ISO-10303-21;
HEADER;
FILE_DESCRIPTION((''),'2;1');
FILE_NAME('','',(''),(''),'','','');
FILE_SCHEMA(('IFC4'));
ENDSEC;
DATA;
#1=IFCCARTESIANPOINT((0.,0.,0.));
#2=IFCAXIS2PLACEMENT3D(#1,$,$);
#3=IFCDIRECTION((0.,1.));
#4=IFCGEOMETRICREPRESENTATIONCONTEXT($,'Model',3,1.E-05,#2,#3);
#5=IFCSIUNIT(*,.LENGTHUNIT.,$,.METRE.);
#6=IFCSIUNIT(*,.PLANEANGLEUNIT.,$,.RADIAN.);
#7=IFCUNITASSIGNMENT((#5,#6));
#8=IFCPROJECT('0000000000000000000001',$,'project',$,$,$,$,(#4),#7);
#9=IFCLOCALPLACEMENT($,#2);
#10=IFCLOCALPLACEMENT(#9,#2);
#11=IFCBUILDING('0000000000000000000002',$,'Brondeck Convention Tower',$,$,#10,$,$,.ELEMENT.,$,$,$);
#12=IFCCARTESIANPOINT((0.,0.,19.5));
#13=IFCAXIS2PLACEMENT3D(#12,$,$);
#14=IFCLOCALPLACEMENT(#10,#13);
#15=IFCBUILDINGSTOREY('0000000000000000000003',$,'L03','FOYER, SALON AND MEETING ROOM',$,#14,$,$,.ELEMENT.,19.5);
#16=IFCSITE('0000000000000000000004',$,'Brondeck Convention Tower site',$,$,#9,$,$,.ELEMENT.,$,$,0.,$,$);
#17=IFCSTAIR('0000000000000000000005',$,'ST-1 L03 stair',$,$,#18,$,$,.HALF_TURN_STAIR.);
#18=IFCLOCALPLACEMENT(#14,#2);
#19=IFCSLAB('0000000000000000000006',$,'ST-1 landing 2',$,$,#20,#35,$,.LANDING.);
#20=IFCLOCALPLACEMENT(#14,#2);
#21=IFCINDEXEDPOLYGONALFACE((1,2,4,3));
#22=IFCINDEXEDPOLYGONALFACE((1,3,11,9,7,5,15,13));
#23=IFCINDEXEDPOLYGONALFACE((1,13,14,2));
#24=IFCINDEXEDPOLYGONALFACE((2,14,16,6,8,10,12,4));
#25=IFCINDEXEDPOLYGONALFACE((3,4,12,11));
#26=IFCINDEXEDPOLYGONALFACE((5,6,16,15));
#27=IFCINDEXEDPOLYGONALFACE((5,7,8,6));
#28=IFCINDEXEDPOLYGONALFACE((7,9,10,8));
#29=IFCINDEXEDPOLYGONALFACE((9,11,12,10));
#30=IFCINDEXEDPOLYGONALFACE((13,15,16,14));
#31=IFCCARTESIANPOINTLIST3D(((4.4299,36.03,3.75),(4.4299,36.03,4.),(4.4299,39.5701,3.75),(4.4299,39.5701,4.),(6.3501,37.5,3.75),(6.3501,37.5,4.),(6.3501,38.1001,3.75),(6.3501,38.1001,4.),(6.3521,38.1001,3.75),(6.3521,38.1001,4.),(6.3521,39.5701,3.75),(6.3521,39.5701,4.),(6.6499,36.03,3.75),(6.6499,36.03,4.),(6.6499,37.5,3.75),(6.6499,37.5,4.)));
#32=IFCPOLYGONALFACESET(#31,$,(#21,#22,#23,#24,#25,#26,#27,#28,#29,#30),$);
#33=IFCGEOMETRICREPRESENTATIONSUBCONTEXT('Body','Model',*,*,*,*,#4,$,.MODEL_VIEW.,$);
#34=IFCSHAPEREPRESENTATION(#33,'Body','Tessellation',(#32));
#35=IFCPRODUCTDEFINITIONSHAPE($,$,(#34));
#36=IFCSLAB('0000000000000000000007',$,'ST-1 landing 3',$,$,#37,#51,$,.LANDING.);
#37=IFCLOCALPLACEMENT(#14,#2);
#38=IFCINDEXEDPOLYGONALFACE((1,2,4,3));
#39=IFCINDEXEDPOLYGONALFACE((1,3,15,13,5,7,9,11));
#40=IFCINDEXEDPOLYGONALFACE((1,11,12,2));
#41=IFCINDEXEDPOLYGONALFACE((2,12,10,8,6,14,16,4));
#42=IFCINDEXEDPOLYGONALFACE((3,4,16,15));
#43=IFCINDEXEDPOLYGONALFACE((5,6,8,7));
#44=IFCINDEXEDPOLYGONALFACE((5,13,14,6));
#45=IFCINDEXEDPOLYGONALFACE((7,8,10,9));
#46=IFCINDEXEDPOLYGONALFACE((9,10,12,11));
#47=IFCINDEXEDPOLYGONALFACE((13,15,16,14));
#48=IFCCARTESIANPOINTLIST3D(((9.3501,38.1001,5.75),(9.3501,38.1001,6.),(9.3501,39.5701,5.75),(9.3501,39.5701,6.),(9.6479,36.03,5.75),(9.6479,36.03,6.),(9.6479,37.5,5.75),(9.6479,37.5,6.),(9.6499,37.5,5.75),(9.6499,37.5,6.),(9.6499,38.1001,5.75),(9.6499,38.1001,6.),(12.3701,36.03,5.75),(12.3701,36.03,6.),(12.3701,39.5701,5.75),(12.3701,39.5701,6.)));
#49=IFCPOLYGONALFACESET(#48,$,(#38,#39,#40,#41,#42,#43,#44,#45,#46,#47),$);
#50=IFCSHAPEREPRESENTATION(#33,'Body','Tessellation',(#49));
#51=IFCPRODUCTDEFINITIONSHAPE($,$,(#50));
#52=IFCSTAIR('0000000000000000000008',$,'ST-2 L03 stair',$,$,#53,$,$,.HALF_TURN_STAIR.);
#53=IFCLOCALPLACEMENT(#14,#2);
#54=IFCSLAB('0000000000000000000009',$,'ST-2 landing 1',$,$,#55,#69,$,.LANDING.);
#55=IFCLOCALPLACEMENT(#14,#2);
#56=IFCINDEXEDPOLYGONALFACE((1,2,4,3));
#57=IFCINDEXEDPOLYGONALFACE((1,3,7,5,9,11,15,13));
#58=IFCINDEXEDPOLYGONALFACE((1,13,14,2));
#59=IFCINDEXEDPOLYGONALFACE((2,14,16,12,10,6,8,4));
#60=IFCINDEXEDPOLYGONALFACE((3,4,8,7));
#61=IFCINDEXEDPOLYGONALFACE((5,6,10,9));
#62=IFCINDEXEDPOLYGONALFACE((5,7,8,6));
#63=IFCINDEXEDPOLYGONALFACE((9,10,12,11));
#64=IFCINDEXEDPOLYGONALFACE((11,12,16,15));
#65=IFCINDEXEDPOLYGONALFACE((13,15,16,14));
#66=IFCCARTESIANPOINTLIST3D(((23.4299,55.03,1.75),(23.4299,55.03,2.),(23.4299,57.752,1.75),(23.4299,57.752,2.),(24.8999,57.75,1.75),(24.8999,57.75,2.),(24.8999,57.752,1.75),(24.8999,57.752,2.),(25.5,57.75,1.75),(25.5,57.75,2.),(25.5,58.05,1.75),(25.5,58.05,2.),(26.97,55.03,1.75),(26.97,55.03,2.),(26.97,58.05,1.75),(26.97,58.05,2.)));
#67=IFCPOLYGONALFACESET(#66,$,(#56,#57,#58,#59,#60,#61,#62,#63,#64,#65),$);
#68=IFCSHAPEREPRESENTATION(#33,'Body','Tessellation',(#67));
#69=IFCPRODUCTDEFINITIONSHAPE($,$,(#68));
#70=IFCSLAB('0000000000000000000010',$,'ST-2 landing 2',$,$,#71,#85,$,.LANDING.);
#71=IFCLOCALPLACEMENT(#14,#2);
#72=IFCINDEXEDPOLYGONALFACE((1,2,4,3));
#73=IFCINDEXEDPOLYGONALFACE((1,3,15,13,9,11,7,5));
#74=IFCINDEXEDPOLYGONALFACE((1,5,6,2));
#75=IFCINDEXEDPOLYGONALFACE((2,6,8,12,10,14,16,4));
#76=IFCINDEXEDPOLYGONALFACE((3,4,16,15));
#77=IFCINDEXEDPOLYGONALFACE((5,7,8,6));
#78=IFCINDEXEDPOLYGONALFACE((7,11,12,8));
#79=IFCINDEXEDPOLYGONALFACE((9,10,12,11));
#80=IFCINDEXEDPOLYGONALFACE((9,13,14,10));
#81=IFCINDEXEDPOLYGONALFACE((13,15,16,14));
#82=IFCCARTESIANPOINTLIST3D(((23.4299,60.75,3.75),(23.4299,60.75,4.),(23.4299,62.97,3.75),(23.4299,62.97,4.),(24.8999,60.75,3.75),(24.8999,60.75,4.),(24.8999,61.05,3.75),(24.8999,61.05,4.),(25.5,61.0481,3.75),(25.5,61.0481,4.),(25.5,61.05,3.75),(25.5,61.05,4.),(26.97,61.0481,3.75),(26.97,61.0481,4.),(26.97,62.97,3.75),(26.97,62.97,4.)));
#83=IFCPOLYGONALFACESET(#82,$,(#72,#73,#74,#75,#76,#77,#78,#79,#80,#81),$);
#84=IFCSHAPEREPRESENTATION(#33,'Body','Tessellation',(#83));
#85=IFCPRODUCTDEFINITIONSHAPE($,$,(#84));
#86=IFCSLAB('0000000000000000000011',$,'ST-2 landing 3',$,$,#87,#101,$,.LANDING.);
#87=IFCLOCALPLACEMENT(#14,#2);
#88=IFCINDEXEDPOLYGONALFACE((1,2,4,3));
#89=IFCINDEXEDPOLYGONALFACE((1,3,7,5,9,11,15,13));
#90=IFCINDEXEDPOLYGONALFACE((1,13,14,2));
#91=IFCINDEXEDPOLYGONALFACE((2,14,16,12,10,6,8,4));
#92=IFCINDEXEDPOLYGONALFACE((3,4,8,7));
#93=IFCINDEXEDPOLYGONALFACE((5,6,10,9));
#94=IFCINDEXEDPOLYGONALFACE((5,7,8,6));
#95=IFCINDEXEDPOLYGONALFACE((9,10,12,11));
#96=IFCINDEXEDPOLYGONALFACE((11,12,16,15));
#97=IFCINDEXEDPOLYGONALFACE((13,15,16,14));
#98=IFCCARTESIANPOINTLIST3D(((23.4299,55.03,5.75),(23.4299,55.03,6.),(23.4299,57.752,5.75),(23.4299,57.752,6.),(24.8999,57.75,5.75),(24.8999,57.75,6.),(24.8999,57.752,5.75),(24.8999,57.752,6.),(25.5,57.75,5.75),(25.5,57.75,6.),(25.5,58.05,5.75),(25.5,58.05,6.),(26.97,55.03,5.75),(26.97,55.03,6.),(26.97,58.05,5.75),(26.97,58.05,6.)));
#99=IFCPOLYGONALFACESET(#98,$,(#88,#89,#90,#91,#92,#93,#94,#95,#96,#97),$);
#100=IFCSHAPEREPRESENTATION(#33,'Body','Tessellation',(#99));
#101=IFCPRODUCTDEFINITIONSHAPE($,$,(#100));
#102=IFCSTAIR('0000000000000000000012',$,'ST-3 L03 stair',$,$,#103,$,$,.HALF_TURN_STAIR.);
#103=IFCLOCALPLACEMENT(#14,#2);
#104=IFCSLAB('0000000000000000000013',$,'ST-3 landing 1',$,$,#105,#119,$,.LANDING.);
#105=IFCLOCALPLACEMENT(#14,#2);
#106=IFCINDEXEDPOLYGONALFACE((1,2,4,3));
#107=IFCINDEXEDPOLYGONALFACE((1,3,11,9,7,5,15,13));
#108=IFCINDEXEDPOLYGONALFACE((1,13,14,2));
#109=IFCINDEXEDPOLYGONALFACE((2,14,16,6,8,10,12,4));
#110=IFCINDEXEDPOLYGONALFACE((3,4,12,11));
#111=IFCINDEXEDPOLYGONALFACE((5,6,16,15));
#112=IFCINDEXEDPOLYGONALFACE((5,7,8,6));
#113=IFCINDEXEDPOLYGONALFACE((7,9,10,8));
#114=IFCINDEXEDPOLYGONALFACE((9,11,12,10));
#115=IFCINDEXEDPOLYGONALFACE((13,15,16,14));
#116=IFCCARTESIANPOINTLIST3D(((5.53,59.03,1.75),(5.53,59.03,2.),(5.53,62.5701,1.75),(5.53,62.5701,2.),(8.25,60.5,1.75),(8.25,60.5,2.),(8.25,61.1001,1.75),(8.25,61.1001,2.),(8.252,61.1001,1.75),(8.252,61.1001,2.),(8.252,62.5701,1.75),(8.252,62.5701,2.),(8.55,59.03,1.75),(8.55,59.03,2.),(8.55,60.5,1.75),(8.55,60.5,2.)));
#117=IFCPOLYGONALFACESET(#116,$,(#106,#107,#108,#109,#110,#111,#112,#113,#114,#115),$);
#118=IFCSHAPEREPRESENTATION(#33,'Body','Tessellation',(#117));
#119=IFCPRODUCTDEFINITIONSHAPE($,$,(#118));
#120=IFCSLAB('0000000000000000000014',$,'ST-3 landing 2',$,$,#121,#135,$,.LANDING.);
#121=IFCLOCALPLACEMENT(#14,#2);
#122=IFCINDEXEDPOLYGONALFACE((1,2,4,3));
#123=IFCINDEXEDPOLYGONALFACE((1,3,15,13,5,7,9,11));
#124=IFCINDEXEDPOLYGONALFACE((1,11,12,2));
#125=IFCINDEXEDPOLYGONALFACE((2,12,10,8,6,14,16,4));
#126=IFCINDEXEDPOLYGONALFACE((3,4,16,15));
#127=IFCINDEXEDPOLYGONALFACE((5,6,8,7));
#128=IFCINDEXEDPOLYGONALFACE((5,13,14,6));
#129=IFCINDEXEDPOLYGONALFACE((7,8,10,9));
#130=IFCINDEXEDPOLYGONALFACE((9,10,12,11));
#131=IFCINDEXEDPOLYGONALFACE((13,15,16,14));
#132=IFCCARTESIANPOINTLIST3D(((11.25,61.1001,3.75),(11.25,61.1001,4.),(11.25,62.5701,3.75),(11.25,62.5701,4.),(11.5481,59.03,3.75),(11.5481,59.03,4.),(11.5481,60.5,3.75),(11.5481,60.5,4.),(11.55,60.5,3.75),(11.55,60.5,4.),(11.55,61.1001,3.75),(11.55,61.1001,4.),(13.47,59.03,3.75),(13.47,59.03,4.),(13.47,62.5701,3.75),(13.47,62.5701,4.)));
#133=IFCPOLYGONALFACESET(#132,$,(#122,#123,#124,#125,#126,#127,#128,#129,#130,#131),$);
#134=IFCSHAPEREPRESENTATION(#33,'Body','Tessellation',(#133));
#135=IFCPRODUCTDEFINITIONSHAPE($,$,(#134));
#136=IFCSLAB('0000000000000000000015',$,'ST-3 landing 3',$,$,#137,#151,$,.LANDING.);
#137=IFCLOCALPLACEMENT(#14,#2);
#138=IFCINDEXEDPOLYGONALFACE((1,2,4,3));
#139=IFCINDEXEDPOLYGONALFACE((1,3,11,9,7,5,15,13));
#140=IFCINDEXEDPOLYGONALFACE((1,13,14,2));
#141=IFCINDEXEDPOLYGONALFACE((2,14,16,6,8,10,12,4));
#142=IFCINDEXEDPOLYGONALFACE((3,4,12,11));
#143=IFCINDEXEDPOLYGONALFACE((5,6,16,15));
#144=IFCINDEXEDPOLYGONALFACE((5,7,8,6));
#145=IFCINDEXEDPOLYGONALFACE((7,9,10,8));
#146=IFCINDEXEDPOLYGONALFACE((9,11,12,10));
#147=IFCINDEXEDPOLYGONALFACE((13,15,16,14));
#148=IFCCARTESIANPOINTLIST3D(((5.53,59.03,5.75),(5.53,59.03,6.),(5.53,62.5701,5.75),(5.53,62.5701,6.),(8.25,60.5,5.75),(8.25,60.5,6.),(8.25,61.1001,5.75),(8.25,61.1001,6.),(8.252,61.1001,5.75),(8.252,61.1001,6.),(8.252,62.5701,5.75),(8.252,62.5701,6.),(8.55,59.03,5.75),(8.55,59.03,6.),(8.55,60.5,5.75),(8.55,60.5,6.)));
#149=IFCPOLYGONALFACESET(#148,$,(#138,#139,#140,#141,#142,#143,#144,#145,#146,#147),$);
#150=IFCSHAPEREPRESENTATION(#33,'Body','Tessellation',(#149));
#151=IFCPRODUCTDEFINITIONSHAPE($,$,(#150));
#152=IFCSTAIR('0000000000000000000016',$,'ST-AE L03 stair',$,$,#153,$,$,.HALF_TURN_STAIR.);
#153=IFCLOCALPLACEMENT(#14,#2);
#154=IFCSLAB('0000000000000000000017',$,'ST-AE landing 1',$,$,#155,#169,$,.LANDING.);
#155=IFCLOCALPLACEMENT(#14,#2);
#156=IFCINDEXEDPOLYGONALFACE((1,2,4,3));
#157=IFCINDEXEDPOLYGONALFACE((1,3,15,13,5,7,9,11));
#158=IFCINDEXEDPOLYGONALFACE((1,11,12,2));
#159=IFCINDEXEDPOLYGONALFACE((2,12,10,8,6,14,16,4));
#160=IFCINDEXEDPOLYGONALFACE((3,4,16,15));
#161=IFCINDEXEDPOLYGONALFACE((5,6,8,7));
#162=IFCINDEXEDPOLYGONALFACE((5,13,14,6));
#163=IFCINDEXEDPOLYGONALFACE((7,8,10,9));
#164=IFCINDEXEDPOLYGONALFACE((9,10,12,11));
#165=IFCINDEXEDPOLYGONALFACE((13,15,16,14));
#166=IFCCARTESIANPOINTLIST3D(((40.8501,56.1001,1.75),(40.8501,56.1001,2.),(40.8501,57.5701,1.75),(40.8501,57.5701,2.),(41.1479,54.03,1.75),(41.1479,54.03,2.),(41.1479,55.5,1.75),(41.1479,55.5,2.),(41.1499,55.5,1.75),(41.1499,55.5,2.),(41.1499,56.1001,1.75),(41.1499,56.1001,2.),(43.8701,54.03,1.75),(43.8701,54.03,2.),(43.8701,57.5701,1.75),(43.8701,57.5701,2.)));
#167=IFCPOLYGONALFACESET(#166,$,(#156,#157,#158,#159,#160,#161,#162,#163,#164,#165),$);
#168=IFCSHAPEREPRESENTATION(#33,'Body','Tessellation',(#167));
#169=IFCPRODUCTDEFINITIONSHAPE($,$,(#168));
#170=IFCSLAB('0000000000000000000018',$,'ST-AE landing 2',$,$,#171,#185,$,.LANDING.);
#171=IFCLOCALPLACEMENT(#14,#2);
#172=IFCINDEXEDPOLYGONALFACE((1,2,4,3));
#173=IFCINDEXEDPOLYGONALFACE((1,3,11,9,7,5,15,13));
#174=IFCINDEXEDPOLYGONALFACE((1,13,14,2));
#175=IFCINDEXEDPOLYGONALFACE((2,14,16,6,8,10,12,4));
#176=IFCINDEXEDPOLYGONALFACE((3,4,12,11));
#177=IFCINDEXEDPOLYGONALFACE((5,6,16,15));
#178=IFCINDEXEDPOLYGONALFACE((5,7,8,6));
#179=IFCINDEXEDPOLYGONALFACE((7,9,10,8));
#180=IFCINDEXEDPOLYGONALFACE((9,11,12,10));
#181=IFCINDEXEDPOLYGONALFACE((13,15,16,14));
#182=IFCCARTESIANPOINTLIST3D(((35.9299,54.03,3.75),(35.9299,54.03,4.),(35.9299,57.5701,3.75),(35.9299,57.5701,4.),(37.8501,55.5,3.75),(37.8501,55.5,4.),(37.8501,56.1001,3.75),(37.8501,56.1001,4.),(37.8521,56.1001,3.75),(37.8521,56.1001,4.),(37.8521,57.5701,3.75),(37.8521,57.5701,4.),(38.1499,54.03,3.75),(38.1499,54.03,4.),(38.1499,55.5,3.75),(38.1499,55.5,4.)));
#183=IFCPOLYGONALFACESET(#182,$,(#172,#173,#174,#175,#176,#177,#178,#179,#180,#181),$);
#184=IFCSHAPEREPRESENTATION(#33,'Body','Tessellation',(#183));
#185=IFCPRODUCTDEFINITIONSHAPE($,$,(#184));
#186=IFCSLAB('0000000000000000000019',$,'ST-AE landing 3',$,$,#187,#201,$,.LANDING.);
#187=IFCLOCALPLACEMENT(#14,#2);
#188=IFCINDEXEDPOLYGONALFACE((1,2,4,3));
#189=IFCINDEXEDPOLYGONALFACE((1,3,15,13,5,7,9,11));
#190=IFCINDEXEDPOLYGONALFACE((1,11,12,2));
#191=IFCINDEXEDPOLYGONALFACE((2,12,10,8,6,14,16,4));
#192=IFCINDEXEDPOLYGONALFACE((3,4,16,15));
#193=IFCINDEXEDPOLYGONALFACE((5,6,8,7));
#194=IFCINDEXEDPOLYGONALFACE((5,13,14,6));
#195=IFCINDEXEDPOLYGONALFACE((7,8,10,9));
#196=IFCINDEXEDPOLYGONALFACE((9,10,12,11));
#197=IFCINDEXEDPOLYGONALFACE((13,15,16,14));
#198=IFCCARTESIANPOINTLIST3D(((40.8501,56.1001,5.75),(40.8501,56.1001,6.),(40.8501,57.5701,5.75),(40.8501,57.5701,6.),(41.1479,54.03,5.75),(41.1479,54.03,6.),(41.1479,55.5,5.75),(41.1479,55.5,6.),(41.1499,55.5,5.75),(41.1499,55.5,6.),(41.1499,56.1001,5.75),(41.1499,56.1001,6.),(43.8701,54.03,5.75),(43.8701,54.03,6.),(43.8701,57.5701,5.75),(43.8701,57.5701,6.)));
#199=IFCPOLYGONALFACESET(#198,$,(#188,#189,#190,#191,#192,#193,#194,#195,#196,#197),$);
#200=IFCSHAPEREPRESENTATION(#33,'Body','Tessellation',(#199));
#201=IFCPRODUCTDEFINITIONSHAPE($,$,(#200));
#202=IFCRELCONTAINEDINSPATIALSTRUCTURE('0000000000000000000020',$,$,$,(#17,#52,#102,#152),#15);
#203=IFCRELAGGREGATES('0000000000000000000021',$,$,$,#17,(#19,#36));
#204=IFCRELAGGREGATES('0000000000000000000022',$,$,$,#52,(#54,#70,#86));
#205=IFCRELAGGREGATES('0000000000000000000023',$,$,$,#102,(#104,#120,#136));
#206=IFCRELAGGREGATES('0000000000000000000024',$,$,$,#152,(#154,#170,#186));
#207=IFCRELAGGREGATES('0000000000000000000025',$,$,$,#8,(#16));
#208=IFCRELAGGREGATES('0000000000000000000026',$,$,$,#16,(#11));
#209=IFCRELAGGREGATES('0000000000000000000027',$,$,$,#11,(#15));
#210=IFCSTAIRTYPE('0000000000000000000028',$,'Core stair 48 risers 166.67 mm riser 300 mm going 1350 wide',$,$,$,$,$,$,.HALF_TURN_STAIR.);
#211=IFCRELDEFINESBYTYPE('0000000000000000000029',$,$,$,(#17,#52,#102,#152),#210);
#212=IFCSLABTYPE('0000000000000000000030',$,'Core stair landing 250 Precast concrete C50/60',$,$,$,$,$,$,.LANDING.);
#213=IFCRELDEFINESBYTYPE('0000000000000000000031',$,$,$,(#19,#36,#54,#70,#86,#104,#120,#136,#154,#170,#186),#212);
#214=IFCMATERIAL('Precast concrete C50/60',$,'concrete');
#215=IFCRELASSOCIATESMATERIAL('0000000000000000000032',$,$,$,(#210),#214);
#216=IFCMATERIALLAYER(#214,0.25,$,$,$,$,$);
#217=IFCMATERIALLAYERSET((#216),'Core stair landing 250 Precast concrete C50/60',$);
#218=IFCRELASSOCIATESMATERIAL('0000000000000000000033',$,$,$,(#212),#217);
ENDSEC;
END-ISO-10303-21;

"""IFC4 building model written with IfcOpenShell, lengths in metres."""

from ifc_helpers import new_model, si_unit, direction, frame, origin, place, context, subcontext, project, spatial, polyline, outline, extrude, material, layer, layer_set, type_object, element, aggregate, save


model = new_model("IFC4")

# Units and contexts
model_context = context("Model", 3, precision=1e-05, world=origin(), true_north=direction((0.0, 1.0)))
body_context = subcontext(model_context, "Body", "Model", "MODEL_VIEW")
ifc_project = project(units=[si_unit("LENGTHUNIT", "METRE"), si_unit("PLANEANGLEUNIT", "RADIAN")], contexts=[model_context])

# Site, building, storey
site_placement = place(None, origin())
site = spatial("IfcSite", under=ifc_project, at=site_placement, Name="Brondeck Convention Tower site", CompositionType="ELEMENT", RefElevation=0.0)
building_placement = place(site_placement, origin())
building = spatial("IfcBuilding", under=site, at=building_placement, Name="Brondeck Convention Tower", CompositionType="ELEMENT")
storey_placement = place(building_placement, frame((0.0, 0.0, 19.5)))
storey = spatial("IfcBuildingStorey", under=building, at=storey_placement, Name="L03", Description="FOYER, SALON AND MEETING ROOM", CompositionType="ELEMENT", Elevation=19.5)

# Stairs, slabs
ifc_material_1 = material(Name="Precast concrete C50/60", Category="concrete")
stair_type_1 = type_object("IfcStairType", Name="Core stair 48 risers 166.67 mm riser 300 mm going 1350 wide", PredefinedType="HALF_TURN_STAIR", material=ifc_material_1)
stair_1_placement = place(storey_placement, origin())
stair_1 = element("IfcStair", 1, at=stair_1_placement, inside=storey, type_object=stair_type_1, Name="ST-1 L03 stair", PredefinedType="HALF_TURN_STAIR")
ifc_layer_1 = layer(ifc_material_1, 0.25)
ifc_layer_set_1 = layer_set([ifc_layer_1], Name="Core stair landing 250 Precast concrete C50/60")
slab_type_1 = type_object("IfcSlabType", Name="Core stair landing 250 Precast concrete C50/60", PredefinedType="LANDING", material=ifc_layer_set_1)
slab_1_placement = place(storey_placement, frame((0.0, 0.0, 3.75)))
slab_1 = element("IfcSlab", 2, at=slab_1_placement, type_object=slab_type_1, Name="ST-1 landing 2", PredefinedType="LANDING", context=body_context, shape_type="SweptSolid", body=[
    extrude(outline(polyline([(6.6499, 37.5), (6.6499, 36.03), (4.4299, 36.03), (4.4299, 39.5701), (6.3521, 39.5701), (6.3521, 38.1001), (6.3501, 38.1001), (6.3501, 37.5), (6.6499, 37.5)])), origin(), (0.0, 0.0, 1.0), 0.25),
])
slab_2_placement = place(storey_placement, frame((0.0, 0.0, 5.75)))
slab_2 = element("IfcSlab", 3, at=slab_2_placement, type_object=slab_type_1, Name="ST-1 landing 3", PredefinedType="LANDING", context=body_context, shape_type="SweptSolid", body=[
    extrude(outline(polyline([(9.6479, 37.5), (9.6499, 37.5), (9.6499, 38.1001), (9.3501, 38.1001), (9.3501, 39.5701), (12.3701, 39.5701), (12.3701, 36.03), (9.6479, 36.03), (9.6479, 37.5)])), origin(), (0.0, 0.0, 1.0), 0.25),
])
aggregate(stair_1, [slab_1, slab_2])
stair_2_placement = place(storey_placement, origin())
stair_2 = element("IfcStair", 4, at=stair_2_placement, inside=storey, type_object=stair_type_1, Name="ST-2 L03 stair", PredefinedType="HALF_TURN_STAIR")
slab_3_placement = place(storey_placement, frame((0.0, 0.0, 1.75)))
slab_3 = element("IfcSlab", 5, at=slab_3_placement, type_object=slab_type_1, Name="ST-2 landing 1", PredefinedType="LANDING", context=body_context, shape_type="SweptSolid", body=[
    extrude(outline(polyline([(23.4299, 57.752), (24.8999, 57.752), (24.8999, 57.75), (25.5, 57.75), (25.5, 58.05), (26.97, 58.05), (26.97, 55.03), (23.4299, 55.03), (23.4299, 57.752)])), origin(), (0.0, 0.0, 1.0), 0.25),
])
slab_4_placement = place(storey_placement, frame((0.0, 0.0, 3.75)))
slab_4 = element("IfcSlab", 6, at=slab_4_placement, type_object=slab_type_1, Name="ST-2 landing 2", PredefinedType="LANDING", context=body_context, shape_type="SweptSolid", body=[
    extrude(outline(polyline([(23.4299, 62.97), (26.97, 62.97), (26.97, 61.0481), (25.5, 61.0481), (25.5, 61.05), (24.8999, 61.05), (24.8999, 60.75), (23.4299, 60.75), (23.4299, 62.97)])), origin(), (0.0, 0.0, 1.0), 0.25),
])
slab_5_placement = place(storey_placement, frame((0.0, 0.0, 5.75)))
slab_5 = element("IfcSlab", 7, at=slab_5_placement, type_object=slab_type_1, Name="ST-2 landing 3", PredefinedType="LANDING", context=body_context, shape_type="SweptSolid", body=[
    extrude(outline(polyline([(23.4299, 57.752), (24.8999, 57.752), (24.8999, 57.75), (25.5, 57.75), (25.5, 58.05), (26.97, 58.05), (26.97, 55.03), (23.4299, 55.03), (23.4299, 57.752)])), origin(), (0.0, 0.0, 1.0), 0.25),
])
aggregate(stair_2, [slab_3, slab_4, slab_5])
stair_3_placement = place(storey_placement, origin())
stair_3 = element("IfcStair", 8, at=stair_3_placement, inside=storey, type_object=stair_type_1, Name="ST-3 L03 stair", PredefinedType="HALF_TURN_STAIR")
slab_6_placement = place(storey_placement, frame((0.0, 0.0, 1.75)))
slab_6 = element("IfcSlab", 9, at=slab_6_placement, type_object=slab_type_1, Name="ST-3 landing 1", PredefinedType="LANDING", context=body_context, shape_type="SweptSolid", body=[
    extrude(outline(polyline([(8.55, 60.5), (8.55, 59.03), (5.53, 59.03), (5.53, 62.5701), (8.252, 62.5701), (8.252, 61.1001), (8.25, 61.1001), (8.25, 60.5), (8.55, 60.5)])), origin(), (0.0, 0.0, 1.0), 0.25),
])
slab_7_placement = place(storey_placement, frame((0.0, 0.0, 3.75)))
slab_7 = element("IfcSlab", 10, at=slab_7_placement, type_object=slab_type_1, Name="ST-3 landing 2", PredefinedType="LANDING", context=body_context, shape_type="SweptSolid", body=[
    extrude(outline(polyline([(11.5481, 60.5), (11.55, 60.5), (11.55, 61.1001), (11.25, 61.1001), (11.25, 62.5701), (13.47, 62.5701), (13.47, 59.03), (11.5481, 59.03), (11.5481, 60.5)])), origin(), (0.0, 0.0, 1.0), 0.25),
])
slab_8_placement = place(storey_placement, frame((0.0, 0.0, 5.75)))
slab_8 = element("IfcSlab", 11, at=slab_8_placement, type_object=slab_type_1, Name="ST-3 landing 3", PredefinedType="LANDING", context=body_context, shape_type="SweptSolid", body=[
    extrude(outline(polyline([(8.55, 60.5), (8.55, 59.03), (5.53, 59.03), (5.53, 62.5701), (8.252, 62.5701), (8.252, 61.1001), (8.25, 61.1001), (8.25, 60.5), (8.55, 60.5)])), origin(), (0.0, 0.0, 1.0), 0.25),
])
aggregate(stair_3, [slab_6, slab_7, slab_8])
stair_4_placement = place(storey_placement, origin())
stair_4 = element("IfcStair", 12, at=stair_4_placement, inside=storey, type_object=stair_type_1, Name="ST-AE L03 stair", PredefinedType="HALF_TURN_STAIR")
slab_9_placement = place(storey_placement, frame((0.0, 0.0, 1.75)))
slab_9 = element("IfcSlab", 13, at=slab_9_placement, type_object=slab_type_1, Name="ST-AE landing 1", PredefinedType="LANDING", context=body_context, shape_type="SweptSolid", body=[
    extrude(outline(polyline([(41.1479, 55.5), (41.1499, 55.5), (41.1499, 56.1001), (40.8501, 56.1001), (40.8501, 57.5701), (43.8701, 57.5701), (43.8701, 54.03), (41.1479, 54.03), (41.1479, 55.5)])), origin(), (0.0, 0.0, 1.0), 0.25),
])
slab_10_placement = place(storey_placement, frame((0.0, 0.0, 3.75)))
slab_10 = element("IfcSlab", 14, at=slab_10_placement, type_object=slab_type_1, Name="ST-AE landing 2", PredefinedType="LANDING", context=body_context, shape_type="SweptSolid", body=[
    extrude(outline(polyline([(38.1499, 55.5), (38.1499, 54.03), (35.9299, 54.03), (35.9299, 57.5701), (37.8521, 57.5701), (37.8521, 56.1001), (37.8501, 56.1001), (37.8501, 55.5), (38.1499, 55.5)])), origin(), (0.0, 0.0, 1.0), 0.25),
])
slab_11_placement = place(storey_placement, frame((0.0, 0.0, 5.75)))
slab_11 = element("IfcSlab", 15, at=slab_11_placement, type_object=slab_type_1, Name="ST-AE landing 3", PredefinedType="LANDING", context=body_context, shape_type="SweptSolid", body=[
    extrude(outline(polyline([(41.1479, 55.5), (41.1499, 55.5), (41.1499, 56.1001), (40.8501, 56.1001), (40.8501, 57.5701), (43.8701, 57.5701), (43.8701, 54.03), (41.1479, 54.03), (41.1479, 55.5)])), origin(), (0.0, 0.0, 1.0), 0.25),
])
aggregate(stair_4, [slab_9, slab_10, slab_11])

save(model, "model.ifc")
